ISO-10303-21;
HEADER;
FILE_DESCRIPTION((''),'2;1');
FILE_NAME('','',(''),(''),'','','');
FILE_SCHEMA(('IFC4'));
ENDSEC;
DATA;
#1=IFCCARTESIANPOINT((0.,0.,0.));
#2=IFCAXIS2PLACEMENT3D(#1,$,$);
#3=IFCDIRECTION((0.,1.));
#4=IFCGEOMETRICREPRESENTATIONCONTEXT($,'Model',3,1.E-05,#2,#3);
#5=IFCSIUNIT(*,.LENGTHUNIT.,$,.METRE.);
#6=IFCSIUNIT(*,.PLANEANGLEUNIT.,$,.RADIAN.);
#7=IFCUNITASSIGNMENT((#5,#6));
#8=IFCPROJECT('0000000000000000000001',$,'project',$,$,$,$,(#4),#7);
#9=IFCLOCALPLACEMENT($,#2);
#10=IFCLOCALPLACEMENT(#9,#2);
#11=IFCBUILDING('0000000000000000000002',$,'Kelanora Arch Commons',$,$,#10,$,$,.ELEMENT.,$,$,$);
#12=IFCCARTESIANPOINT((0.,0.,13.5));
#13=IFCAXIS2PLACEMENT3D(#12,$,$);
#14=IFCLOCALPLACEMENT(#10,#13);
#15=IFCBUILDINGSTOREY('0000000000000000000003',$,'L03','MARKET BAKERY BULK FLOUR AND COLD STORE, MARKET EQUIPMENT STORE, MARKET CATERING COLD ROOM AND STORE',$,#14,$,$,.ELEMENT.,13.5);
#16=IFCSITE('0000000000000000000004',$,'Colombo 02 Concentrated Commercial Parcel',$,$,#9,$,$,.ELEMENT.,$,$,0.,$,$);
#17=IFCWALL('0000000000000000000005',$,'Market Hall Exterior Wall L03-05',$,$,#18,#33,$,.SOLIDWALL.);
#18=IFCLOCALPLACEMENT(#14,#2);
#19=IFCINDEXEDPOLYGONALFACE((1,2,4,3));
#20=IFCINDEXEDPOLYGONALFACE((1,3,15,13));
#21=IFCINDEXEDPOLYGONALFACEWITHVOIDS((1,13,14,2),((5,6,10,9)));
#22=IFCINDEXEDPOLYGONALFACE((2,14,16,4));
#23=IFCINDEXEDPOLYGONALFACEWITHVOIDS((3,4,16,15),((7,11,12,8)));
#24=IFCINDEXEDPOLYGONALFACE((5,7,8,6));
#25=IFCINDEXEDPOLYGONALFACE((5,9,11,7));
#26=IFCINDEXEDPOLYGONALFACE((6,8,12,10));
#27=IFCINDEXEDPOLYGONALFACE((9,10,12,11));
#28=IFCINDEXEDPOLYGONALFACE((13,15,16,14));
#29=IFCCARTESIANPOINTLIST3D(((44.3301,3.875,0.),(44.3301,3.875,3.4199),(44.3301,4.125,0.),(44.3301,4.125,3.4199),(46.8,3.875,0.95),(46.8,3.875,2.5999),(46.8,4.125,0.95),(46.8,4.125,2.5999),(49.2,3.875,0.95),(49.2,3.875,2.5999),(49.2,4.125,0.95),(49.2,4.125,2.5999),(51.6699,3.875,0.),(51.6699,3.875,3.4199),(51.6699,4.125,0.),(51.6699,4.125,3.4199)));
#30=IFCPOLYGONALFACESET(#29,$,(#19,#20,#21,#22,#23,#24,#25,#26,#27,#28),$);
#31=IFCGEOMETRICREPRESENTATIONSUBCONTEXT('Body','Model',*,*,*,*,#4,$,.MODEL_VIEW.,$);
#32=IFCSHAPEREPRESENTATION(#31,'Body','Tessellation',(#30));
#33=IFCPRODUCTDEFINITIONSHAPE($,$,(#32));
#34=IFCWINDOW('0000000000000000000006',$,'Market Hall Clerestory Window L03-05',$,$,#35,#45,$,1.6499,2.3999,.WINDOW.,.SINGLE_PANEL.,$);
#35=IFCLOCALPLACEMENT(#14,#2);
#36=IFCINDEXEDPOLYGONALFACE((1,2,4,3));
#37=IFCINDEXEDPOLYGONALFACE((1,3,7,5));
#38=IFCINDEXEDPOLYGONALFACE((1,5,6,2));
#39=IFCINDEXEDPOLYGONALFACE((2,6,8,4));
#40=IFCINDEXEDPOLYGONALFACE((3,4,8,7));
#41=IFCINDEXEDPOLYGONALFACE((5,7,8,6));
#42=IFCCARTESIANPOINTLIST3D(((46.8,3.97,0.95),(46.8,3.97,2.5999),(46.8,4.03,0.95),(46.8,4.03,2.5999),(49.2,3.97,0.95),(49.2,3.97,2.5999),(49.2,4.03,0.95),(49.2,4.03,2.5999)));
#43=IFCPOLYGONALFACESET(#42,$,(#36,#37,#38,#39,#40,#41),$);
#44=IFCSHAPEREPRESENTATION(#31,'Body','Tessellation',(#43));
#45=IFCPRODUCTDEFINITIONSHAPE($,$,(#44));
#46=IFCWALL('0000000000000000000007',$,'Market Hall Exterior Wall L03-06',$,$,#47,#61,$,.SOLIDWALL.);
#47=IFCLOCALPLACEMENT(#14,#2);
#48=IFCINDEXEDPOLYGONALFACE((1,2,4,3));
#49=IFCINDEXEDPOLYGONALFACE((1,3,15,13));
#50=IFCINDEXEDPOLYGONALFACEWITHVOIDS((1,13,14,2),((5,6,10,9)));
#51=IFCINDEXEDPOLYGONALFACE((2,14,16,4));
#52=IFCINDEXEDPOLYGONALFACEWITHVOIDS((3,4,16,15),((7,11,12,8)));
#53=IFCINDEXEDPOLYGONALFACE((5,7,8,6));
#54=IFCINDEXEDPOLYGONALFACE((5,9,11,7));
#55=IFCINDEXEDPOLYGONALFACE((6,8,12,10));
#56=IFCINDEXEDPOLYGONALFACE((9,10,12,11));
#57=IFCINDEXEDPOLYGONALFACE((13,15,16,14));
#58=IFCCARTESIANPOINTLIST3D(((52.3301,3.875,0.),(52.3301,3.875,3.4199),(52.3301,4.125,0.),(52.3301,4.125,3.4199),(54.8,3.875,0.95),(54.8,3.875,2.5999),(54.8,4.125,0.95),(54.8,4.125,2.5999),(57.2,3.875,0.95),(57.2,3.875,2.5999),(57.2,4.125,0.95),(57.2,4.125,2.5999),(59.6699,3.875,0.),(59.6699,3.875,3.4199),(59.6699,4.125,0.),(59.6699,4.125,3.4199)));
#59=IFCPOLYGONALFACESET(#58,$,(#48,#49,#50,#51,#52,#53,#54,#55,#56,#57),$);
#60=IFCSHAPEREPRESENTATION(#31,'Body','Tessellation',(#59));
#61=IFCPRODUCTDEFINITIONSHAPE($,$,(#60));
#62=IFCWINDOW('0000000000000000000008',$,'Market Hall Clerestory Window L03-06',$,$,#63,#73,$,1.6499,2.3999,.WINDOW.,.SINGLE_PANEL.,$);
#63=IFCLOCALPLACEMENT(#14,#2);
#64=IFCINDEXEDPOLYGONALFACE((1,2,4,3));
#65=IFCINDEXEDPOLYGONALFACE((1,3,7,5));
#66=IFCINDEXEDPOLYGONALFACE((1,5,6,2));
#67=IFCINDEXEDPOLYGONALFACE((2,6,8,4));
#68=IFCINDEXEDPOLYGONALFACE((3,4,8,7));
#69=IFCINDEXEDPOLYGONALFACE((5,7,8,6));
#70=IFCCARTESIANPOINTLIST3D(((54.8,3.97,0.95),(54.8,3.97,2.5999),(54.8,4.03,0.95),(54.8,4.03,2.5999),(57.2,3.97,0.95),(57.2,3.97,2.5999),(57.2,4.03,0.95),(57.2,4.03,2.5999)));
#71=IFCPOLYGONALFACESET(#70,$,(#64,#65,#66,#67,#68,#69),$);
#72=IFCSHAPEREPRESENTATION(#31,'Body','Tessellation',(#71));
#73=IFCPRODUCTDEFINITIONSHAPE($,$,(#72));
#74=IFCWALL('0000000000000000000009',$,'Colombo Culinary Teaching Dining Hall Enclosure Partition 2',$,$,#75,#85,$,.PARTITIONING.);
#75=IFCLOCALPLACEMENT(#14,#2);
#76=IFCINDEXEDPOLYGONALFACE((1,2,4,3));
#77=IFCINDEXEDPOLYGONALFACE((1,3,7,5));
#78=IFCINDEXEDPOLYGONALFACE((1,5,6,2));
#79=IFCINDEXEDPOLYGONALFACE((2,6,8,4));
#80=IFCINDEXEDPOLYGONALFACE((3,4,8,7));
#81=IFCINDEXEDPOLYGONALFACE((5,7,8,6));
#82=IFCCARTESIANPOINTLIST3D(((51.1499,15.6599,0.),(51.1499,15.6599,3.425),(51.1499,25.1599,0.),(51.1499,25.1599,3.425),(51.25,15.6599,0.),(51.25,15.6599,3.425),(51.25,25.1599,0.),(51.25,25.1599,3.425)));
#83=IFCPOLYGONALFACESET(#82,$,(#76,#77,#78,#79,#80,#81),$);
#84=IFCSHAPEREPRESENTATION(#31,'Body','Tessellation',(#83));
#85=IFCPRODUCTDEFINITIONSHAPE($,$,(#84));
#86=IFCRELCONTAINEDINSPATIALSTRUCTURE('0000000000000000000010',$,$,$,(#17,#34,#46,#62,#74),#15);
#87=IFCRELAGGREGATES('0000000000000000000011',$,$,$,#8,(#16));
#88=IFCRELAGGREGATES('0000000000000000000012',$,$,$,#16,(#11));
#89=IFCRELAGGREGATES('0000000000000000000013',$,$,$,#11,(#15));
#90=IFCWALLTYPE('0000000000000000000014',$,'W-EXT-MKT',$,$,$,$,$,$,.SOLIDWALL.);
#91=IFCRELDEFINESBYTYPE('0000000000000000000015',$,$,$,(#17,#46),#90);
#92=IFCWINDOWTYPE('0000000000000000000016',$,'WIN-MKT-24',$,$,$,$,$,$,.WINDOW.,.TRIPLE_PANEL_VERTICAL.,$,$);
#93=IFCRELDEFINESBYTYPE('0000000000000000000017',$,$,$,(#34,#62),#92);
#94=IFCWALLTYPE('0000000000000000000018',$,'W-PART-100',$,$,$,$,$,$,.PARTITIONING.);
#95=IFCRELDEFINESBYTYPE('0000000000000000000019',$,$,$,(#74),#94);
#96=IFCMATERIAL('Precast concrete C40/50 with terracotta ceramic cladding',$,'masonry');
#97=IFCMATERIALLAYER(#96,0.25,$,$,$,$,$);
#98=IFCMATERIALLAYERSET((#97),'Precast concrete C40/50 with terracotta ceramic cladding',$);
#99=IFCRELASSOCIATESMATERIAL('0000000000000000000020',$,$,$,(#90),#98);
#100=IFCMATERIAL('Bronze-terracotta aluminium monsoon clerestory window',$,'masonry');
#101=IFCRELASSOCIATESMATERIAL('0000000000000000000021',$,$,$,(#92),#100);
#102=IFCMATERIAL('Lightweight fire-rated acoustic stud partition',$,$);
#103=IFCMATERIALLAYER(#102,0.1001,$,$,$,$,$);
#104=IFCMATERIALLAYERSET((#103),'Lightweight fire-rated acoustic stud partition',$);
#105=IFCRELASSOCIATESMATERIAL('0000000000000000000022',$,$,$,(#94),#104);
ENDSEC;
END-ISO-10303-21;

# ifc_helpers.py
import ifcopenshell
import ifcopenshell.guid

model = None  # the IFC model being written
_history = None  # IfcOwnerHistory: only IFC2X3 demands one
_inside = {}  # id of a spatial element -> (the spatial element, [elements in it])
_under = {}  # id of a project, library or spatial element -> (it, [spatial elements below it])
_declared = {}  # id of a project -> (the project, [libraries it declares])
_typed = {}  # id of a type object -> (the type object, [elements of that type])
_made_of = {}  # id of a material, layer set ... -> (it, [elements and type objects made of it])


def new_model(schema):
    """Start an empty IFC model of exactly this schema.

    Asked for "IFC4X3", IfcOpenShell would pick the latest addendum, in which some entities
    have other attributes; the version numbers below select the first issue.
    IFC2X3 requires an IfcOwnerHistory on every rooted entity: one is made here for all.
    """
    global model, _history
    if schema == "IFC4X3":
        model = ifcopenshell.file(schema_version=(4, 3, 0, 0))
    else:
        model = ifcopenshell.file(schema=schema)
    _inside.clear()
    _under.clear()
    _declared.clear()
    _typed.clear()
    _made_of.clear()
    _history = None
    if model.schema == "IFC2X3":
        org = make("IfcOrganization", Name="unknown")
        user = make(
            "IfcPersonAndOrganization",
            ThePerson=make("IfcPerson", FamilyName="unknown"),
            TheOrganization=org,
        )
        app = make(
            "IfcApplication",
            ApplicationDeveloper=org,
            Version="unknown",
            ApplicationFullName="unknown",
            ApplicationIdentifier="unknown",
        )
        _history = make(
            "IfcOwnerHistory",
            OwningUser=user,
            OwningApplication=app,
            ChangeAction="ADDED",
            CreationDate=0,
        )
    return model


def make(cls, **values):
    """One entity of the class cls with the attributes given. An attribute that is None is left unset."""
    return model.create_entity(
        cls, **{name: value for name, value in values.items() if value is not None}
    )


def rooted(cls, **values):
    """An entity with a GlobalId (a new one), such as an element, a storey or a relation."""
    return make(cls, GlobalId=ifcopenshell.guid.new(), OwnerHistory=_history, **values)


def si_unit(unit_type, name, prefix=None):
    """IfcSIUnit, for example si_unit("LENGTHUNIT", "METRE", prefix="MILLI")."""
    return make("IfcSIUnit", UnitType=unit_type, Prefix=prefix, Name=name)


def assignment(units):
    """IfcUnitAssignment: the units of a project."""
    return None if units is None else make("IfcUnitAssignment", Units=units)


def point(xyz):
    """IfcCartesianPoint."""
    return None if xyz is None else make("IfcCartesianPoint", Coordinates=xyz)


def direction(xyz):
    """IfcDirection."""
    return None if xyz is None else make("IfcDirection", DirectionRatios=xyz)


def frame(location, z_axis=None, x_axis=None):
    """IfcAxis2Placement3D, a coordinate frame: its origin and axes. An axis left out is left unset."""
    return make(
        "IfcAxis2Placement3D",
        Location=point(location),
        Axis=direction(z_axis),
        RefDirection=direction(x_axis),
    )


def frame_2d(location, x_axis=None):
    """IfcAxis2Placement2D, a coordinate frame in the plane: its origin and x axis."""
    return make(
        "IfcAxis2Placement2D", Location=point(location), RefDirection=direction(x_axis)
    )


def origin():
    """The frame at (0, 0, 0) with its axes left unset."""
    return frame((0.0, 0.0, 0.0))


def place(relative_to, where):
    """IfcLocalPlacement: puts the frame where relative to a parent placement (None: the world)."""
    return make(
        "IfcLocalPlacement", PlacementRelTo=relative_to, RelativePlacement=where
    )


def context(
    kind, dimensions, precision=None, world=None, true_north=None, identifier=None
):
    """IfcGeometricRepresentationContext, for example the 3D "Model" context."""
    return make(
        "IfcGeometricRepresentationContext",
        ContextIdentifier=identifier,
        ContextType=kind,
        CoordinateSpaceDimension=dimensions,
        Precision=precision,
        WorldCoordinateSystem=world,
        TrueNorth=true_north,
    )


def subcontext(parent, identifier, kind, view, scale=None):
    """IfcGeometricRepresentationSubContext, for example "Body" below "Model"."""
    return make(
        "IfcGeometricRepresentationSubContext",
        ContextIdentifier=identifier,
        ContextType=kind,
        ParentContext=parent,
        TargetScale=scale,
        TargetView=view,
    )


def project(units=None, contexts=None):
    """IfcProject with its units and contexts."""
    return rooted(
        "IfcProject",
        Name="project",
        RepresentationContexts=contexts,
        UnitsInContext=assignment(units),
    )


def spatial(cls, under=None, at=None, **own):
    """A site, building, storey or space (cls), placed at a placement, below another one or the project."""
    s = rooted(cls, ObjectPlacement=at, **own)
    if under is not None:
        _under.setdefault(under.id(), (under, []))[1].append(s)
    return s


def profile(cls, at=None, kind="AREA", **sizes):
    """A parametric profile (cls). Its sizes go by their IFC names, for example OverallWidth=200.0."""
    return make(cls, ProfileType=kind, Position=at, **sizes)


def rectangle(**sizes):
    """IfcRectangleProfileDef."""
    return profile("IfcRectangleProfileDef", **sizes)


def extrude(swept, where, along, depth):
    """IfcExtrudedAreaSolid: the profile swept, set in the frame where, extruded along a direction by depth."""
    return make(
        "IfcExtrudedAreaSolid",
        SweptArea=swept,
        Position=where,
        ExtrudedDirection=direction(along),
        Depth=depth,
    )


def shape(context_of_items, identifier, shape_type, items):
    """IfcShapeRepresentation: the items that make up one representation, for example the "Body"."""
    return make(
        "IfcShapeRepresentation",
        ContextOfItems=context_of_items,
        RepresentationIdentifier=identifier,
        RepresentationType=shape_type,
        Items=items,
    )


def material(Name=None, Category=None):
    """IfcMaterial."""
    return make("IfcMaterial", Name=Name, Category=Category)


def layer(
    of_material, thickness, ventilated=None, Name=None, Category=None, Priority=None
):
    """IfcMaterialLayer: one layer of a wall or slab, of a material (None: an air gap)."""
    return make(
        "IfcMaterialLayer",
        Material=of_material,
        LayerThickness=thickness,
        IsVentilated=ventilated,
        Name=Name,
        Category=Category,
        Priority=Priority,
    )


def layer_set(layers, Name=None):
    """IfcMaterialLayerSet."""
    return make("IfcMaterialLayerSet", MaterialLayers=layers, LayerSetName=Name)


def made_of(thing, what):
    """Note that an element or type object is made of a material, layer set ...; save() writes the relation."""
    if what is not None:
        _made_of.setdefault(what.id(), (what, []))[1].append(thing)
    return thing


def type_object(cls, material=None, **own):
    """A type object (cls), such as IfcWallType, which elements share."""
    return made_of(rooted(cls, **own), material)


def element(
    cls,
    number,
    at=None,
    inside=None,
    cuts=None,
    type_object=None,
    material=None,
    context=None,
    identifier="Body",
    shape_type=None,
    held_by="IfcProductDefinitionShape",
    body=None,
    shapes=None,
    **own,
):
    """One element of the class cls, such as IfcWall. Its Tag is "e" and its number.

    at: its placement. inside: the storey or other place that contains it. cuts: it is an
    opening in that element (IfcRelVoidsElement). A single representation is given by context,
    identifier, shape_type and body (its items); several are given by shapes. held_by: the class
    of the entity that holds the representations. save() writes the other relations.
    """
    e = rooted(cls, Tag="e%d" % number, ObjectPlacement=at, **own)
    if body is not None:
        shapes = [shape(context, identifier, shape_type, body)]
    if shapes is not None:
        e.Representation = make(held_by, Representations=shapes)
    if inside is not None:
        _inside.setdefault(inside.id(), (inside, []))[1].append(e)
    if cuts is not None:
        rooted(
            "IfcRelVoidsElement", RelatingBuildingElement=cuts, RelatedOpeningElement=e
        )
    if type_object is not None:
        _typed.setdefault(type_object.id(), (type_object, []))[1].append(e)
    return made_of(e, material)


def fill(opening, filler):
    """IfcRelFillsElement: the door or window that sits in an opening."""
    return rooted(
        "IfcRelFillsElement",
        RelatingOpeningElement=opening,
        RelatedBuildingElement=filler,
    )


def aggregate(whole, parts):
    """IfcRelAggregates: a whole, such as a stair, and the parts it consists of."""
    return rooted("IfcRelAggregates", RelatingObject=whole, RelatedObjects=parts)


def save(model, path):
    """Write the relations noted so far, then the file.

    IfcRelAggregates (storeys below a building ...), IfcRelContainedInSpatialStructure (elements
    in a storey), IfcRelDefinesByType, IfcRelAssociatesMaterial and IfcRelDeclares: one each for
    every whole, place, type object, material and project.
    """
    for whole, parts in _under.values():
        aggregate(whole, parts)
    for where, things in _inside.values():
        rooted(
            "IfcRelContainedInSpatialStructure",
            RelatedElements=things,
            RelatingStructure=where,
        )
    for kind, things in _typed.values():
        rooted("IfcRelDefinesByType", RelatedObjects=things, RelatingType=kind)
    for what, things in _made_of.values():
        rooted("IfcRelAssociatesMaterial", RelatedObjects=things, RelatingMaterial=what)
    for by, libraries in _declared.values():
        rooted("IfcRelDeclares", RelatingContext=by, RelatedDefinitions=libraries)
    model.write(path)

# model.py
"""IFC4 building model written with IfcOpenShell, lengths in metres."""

from ifc_helpers import new_model, si_unit, direction, frame, frame_2d, origin, place, context, subcontext, project, spatial, rectangle, extrude, material, layer, layer_set, type_object, element, fill, save


model = new_model("IFC4")

# Units and contexts
model_context = context("Model", 3, precision=1e-05, world=origin(), true_north=direction((0.0, 1.0)))
body_context = subcontext(model_context, "Body", "Model", "MODEL_VIEW")
ifc_project = project(units=[si_unit("LENGTHUNIT", "METRE"), si_unit("PLANEANGLEUNIT", "RADIAN")], contexts=[model_context])

# Site, building, storey
site_placement = place(None, origin())
site = spatial("IfcSite", under=ifc_project, at=site_placement, Name="Colombo 02 Concentrated Commercial Parcel", CompositionType="ELEMENT", RefElevation=0.0)
building_placement = place(site_placement, origin())
building = spatial("IfcBuilding", under=site, at=building_placement, Name="Kelanora Arch Commons", CompositionType="ELEMENT")
storey_placement = place(building_placement, frame((0.0, 0.0, 13.5)))
storey = spatial("IfcBuildingStorey", under=building, at=storey_placement, Name="L03", Description="MARKET BAKERY BULK FLOUR AND COLD STORE, MARKET EQUIPMENT STORE, MARKET CATERING COLD ROOM AND STORE", CompositionType="ELEMENT", Elevation=13.5)

# Walls, openings, windows
ifc_material_1 = material(Name="Precast concrete C40/50 with terracotta ceramic cladding", Category="masonry")
ifc_layer_1 = layer(ifc_material_1, 0.25)
ifc_layer_set_1 = layer_set([ifc_layer_1], Name="Precast concrete C40/50 with terracotta ceramic cladding")
wall_type_1 = type_object("IfcWallType", Name="W-EXT-MKT", PredefinedType="SOLIDWALL", material=ifc_layer_set_1)
wall_1_placement = place(storey_placement, frame((44.3301, 4.0, 0.0), z_axis=(0.0, 0.0, 1.0), x_axis=(1.0, 0.0, 0.0)))
wall_1 = element("IfcWall", 1, at=wall_1_placement, inside=storey, type_object=wall_type_1, Name="Market Hall Exterior Wall L03-05", PredefinedType="SOLIDWALL", context=body_context, shape_type="SweptSolid", body=[
    extrude(rectangle(XDim=7.3398, YDim=0.25, at=frame_2d((3.6699, 0.0))), origin(), (0.0, 0.0, 1.0), 3.4199),
])
opening_1_placement = place(wall_1_placement, frame((2.47, 0.0, 0.95)))
opening_1 = element("IfcOpeningElement", 2, at=opening_1_placement, cuts=wall_1, PredefinedType="OPENING", context=body_context, shape_type="SweptSolid", body=[
    extrude(rectangle(XDim=2.3999, YDim=1.6499, at=frame_2d((1.2, 0.825))), frame((0.0, 0.135, 0.0), z_axis=(0.0, -1.0, 0.0), x_axis=(1.0, 0.0, 0.0)), (0.0, 0.0, 1.0), 0.27),
])
ifc_material_2 = material(Name="Bronze-terracotta aluminium monsoon clerestory window", Category="masonry")
window_type = type_object("IfcWindowType", Name="WIN-MKT-24", PartitioningType="TRIPLE_PANEL_VERTICAL", PredefinedType="WINDOW", material=ifc_material_2)
window_1_placement = place(opening_1_placement, origin())
window_1 = element("IfcWindow", 3, at=window_1_placement, inside=storey, type_object=window_type, Name="Market Hall Clerestory Window L03-05", OverallHeight=1.6499, OverallWidth=2.3999, PartitioningType="SINGLE_PANEL", PredefinedType="WINDOW", context=body_context, shape_type="SweptSolid", body=[
    extrude(rectangle(XDim=2.3999, YDim=1.6499, at=frame_2d((1.2, 0.825))), frame((0.0, 0.03, 0.0), z_axis=(0.0, -1.0, 0.0), x_axis=(1.0, 0.0, 0.0)), (0.0, 0.0, 1.0), 0.0601),
])
fill(opening_1, window_1)
wall_2_placement = place(storey_placement, frame((52.3301, 4.0, 0.0), z_axis=(0.0, 0.0, 1.0), x_axis=(1.0, 0.0, 0.0)))
wall_2 = element("IfcWall", 4, at=wall_2_placement, inside=storey, type_object=wall_type_1, Name="Market Hall Exterior Wall L03-06", PredefinedType="SOLIDWALL", context=body_context, shape_type="SweptSolid", body=[
    extrude(rectangle(XDim=7.3398, YDim=0.25, at=frame_2d((3.6699, 0.0))), origin(), (0.0, 0.0, 1.0), 3.4199),
])
opening_2_placement = place(wall_2_placement, frame((2.47, 0.0, 0.95)))
opening_2 = element("IfcOpeningElement", 5, at=opening_2_placement, cuts=wall_2, PredefinedType="OPENING", context=body_context, shape_type="SweptSolid", body=[
    extrude(rectangle(XDim=2.3999, YDim=1.6499, at=frame_2d((1.2, 0.825))), frame((0.0, 0.135, 0.0), z_axis=(0.0, -1.0, 0.0), x_axis=(1.0, 0.0, 0.0)), (0.0, 0.0, 1.0), 0.27),
])
window_2_placement = place(opening_2_placement, origin())
window_2 = element("IfcWindow", 6, at=window_2_placement, inside=storey, type_object=window_type, Name="Market Hall Clerestory Window L03-06", OverallHeight=1.6499, OverallWidth=2.3999, PartitioningType="SINGLE_PANEL", PredefinedType="WINDOW", context=body_context, shape_type="SweptSolid", body=[
    extrude(rectangle(XDim=2.3999, YDim=1.6499, at=frame_2d((1.2, 0.825))), frame((0.0, 0.03, 0.0), z_axis=(0.0, -1.0, 0.0), x_axis=(1.0, 0.0, 0.0)), (0.0, 0.0, 1.0), 0.0601),
])
fill(opening_2, window_2)

# Wall
ifc_material_3 = material(Name="Lightweight fire-rated acoustic stud partition")
ifc_layer_2 = layer(ifc_material_3, 0.1001)
ifc_layer_set_2 = layer_set([ifc_layer_2], Name="Lightweight fire-rated acoustic stud partition")
wall_type_2 = type_object("IfcWallType", Name="W-PART-100", PredefinedType="PARTITIONING", material=ifc_layer_set_2)
wall_3_placement = place(storey_placement, frame((51.2, 15.6599, 0.0), z_axis=(0.0, 0.0, 1.0), x_axis=(0.0, 1.0, 0.0)))
element("IfcWall", 7, at=wall_3_placement, inside=storey, type_object=wall_type_2, Name="Colombo Culinary Teaching Dining Hall Enclosure Partition 2", PredefinedType="PARTITIONING", context=body_context, shape_type="SweptSolid", body=[
    extrude(rectangle(XDim=9.5, YDim=0.1001, at=frame_2d((4.75, 0.0))), origin(), (0.0, 0.0, 1.0), 3.425),
])

save(model, "model.ifc")
